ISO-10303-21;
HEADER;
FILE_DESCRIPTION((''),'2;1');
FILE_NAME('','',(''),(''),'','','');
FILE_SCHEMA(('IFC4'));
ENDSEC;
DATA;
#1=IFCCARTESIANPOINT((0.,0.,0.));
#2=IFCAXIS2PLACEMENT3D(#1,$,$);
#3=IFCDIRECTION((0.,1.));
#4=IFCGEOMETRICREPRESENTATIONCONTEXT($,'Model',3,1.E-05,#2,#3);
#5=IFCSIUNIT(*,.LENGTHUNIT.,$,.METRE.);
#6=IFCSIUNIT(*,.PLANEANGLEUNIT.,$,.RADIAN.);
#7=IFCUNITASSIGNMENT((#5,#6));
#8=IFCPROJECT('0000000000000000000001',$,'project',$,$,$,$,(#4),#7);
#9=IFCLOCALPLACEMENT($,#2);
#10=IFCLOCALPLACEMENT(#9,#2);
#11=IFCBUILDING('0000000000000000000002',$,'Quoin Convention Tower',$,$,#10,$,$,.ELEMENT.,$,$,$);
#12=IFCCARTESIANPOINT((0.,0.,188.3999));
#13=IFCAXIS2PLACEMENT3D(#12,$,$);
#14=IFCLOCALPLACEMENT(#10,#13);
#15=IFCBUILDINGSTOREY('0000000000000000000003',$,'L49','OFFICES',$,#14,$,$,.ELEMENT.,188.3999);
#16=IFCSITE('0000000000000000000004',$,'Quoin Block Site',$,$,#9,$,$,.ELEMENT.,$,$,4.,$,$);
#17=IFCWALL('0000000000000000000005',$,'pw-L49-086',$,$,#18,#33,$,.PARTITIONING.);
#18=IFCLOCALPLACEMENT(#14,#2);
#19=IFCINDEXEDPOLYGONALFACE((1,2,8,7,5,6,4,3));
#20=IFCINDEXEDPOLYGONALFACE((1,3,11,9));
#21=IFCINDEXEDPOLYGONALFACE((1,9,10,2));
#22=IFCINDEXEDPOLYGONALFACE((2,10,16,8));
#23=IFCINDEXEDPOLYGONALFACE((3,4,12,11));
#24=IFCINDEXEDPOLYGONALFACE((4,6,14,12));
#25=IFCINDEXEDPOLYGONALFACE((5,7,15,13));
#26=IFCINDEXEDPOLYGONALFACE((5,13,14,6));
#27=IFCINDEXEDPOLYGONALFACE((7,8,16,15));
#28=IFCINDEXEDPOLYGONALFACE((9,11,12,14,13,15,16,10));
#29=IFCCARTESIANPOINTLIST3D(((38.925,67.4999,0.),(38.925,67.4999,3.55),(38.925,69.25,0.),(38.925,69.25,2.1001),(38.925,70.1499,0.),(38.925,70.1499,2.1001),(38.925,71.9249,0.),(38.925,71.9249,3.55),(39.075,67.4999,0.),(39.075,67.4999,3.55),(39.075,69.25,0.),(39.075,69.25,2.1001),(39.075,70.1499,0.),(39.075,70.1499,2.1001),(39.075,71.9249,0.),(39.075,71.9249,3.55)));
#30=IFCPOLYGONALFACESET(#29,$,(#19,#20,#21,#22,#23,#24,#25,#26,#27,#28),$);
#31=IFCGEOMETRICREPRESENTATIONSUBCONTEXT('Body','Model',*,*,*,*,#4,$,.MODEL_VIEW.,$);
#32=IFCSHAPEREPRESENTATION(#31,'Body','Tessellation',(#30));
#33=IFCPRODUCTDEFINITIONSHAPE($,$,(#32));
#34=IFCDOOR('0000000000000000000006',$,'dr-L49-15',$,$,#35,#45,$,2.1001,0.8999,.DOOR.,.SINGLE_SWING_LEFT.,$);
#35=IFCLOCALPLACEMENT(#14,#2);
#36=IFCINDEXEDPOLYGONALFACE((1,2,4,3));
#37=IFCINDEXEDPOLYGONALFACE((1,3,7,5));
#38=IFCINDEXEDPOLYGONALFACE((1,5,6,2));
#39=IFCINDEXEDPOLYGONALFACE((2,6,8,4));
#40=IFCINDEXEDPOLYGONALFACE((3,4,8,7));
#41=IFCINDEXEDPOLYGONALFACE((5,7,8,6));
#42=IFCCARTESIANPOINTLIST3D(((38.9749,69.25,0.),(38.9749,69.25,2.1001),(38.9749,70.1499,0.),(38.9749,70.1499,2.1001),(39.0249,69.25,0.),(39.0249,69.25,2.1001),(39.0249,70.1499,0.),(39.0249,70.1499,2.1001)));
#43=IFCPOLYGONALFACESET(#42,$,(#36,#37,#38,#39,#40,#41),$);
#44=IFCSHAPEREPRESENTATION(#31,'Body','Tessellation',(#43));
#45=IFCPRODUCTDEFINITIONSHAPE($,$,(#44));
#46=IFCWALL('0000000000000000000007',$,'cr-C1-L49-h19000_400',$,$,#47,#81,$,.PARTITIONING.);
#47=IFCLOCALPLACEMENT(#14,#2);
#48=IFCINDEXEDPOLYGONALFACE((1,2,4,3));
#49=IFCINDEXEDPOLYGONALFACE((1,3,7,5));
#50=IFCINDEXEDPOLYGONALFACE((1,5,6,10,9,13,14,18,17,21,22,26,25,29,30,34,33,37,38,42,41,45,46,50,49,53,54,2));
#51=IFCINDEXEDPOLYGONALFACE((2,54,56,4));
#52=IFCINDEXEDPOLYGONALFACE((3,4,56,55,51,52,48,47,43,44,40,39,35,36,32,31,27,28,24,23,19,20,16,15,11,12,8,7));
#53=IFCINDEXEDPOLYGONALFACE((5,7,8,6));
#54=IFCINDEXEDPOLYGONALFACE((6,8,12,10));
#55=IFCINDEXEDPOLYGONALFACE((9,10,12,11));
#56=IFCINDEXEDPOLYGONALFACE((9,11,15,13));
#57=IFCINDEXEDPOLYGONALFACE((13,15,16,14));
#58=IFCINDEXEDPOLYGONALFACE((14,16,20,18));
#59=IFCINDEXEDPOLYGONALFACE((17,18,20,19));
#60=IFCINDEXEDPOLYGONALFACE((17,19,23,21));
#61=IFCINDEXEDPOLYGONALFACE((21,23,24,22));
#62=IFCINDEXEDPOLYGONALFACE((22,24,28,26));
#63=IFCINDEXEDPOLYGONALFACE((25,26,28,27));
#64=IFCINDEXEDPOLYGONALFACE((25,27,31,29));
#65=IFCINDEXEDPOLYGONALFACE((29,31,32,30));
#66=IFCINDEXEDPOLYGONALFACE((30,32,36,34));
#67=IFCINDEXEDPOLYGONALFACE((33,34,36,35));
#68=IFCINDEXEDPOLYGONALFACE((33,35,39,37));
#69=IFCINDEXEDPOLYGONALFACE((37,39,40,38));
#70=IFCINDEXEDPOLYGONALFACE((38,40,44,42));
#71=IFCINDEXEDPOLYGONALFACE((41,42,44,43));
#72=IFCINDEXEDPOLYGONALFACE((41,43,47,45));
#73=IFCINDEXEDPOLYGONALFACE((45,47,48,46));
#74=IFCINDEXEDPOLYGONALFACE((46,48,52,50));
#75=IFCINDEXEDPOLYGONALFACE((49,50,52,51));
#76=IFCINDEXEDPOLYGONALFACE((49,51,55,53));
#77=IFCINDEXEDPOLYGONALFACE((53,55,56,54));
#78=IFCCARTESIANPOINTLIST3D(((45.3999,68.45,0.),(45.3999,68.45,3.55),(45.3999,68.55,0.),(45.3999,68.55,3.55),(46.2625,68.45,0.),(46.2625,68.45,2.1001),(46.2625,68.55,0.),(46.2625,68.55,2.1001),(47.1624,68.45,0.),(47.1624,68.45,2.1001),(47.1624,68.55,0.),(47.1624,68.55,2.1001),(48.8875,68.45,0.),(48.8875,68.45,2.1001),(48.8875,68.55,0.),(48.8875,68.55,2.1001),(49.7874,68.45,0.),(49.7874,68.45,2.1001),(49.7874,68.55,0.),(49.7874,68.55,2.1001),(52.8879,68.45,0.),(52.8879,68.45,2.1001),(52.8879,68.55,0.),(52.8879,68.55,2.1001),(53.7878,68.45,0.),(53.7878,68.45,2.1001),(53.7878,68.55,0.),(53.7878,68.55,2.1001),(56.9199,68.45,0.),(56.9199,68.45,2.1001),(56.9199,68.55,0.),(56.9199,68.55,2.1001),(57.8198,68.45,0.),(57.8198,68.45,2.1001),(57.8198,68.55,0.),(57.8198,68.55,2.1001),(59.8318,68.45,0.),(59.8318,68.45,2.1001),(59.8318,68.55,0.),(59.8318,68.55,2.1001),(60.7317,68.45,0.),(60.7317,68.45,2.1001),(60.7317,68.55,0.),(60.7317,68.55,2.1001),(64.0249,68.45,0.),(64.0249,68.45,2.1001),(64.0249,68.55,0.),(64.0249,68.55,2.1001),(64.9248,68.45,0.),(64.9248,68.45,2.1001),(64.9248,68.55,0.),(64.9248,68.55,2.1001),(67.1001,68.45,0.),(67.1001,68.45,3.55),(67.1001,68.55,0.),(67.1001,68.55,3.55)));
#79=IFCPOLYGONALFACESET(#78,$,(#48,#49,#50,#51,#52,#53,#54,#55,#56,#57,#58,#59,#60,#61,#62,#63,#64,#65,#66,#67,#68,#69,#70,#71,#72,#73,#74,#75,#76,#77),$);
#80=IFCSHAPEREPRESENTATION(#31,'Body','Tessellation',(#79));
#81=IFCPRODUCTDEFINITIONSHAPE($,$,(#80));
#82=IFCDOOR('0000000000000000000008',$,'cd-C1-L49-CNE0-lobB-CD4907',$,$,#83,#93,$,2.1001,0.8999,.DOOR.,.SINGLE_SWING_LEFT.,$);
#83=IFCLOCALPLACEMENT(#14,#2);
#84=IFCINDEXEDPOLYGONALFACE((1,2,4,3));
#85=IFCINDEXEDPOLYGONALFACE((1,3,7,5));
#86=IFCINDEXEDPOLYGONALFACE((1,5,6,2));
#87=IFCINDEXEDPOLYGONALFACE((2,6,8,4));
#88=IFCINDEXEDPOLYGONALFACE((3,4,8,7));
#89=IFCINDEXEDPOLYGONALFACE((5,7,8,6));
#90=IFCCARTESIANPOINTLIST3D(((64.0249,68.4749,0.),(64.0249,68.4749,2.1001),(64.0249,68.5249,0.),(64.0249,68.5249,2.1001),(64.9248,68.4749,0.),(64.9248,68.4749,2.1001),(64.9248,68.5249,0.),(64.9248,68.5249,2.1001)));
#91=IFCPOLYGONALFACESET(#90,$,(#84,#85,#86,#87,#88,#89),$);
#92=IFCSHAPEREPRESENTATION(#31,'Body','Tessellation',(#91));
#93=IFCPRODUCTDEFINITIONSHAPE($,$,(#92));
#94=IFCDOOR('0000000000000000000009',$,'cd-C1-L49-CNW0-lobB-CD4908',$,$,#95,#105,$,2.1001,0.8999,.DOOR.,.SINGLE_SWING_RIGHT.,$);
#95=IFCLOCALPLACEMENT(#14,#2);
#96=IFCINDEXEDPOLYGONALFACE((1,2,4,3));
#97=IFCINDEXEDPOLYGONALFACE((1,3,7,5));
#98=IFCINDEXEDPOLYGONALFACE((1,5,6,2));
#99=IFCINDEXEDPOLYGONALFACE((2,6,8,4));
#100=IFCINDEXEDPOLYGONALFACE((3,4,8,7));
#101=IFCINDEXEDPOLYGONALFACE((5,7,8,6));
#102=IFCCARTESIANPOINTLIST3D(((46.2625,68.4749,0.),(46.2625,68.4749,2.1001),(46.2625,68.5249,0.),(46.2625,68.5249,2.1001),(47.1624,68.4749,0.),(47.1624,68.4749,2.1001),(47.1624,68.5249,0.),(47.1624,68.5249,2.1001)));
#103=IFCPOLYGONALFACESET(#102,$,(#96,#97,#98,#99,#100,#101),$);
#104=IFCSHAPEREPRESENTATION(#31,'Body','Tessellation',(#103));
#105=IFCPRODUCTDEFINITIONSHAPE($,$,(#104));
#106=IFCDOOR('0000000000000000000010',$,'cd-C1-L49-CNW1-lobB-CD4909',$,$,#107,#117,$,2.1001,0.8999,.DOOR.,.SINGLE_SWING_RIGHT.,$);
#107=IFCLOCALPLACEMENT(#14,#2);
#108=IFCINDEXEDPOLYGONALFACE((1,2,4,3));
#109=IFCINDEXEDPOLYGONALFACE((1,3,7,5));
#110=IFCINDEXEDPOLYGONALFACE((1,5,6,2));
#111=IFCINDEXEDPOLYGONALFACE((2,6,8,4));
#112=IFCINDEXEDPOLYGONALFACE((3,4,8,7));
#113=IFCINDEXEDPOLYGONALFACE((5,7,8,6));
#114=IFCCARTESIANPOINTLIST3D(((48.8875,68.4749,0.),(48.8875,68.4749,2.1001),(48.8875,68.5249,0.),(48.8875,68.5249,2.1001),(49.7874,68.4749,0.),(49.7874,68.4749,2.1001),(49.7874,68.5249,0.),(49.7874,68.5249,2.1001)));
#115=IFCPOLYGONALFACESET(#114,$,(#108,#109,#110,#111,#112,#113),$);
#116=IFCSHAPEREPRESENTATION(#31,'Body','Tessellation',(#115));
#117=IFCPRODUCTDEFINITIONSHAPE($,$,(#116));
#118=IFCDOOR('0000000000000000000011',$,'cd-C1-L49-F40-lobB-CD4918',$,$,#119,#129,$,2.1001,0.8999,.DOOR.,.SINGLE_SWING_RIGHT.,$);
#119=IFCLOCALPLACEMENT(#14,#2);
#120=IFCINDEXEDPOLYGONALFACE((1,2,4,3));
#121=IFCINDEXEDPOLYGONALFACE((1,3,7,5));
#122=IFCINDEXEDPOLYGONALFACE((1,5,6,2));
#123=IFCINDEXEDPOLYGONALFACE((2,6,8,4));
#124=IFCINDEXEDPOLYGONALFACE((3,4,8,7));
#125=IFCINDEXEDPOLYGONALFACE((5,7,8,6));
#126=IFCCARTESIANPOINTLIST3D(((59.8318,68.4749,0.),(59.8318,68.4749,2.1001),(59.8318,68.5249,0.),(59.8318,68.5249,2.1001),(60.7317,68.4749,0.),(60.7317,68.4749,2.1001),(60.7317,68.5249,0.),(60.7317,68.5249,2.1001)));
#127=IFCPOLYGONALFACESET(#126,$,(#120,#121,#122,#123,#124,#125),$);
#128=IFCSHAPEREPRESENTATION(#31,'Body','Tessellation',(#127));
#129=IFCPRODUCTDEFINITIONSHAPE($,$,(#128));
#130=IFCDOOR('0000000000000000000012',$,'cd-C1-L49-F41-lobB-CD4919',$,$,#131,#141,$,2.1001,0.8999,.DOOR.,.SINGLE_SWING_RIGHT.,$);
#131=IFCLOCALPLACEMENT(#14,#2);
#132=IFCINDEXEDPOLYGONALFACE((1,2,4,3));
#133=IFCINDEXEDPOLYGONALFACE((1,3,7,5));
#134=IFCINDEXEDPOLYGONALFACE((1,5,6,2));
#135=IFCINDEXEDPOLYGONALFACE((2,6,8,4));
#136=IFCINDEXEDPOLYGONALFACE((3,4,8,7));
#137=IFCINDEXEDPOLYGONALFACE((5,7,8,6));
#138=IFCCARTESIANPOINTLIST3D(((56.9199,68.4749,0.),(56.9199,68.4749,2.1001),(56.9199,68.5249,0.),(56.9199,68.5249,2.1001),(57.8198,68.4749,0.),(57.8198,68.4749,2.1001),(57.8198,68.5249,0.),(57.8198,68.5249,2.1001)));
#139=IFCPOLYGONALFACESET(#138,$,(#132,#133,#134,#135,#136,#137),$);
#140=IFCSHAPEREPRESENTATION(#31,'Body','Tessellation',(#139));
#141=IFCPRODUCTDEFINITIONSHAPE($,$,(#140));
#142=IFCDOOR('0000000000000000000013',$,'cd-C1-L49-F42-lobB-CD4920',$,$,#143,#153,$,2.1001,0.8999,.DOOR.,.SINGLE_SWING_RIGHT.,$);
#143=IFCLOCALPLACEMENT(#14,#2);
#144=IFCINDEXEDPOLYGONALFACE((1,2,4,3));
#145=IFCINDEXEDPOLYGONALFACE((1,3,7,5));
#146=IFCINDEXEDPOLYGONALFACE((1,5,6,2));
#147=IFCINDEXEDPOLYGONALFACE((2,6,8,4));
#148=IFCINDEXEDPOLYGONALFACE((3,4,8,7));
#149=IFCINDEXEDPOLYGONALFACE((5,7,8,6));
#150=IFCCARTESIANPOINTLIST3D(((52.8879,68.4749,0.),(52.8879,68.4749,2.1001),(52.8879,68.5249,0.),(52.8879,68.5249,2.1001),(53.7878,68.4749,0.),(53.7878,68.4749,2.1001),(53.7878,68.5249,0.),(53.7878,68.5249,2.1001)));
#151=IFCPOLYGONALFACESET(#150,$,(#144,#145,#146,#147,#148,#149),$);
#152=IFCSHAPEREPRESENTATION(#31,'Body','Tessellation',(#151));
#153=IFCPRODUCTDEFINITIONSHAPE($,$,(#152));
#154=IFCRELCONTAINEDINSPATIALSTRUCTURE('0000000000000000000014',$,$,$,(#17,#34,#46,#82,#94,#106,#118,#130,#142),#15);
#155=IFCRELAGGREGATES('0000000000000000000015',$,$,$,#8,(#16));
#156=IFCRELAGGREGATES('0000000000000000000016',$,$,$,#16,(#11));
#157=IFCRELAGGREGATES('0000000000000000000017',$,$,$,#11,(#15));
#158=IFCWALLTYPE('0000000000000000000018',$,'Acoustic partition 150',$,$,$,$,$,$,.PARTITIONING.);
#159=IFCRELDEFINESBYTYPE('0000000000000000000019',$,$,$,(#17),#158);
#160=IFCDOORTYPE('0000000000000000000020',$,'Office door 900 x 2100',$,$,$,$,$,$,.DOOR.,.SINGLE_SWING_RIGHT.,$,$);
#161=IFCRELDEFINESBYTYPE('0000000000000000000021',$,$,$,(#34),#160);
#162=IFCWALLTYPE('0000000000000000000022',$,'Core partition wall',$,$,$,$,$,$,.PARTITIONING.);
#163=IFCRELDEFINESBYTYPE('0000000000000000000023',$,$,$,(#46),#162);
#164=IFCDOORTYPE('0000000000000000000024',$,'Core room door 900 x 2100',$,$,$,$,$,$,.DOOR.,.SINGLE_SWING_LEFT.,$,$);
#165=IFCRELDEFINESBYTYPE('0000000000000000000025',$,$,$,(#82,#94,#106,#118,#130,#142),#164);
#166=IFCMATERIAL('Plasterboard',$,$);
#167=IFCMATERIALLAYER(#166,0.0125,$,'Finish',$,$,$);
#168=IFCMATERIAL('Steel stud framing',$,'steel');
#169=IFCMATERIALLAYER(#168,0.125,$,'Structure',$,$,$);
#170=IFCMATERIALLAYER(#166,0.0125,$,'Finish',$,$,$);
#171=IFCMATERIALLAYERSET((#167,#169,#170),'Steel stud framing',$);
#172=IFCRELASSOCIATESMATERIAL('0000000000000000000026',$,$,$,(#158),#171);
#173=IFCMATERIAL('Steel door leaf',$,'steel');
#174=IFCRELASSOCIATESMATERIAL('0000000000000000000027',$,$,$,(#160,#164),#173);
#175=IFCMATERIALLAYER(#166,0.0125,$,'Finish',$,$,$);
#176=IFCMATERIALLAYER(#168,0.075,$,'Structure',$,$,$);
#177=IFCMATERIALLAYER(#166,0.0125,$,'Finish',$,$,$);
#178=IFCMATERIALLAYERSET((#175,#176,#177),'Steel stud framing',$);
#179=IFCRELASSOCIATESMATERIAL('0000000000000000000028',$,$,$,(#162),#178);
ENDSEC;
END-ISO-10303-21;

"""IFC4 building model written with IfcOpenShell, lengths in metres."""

from ifc_helpers import new_model, si_unit, direction, frame, frame_2d, origin, place, context, subcontext, project, spatial, rectangle, extrude, material, layer, layer_set, type_object, element, fill, save


model = new_model("IFC4")

# Units and contexts
model_context = context("Model", 3, precision=1e-05, world=origin(), true_north=direction((0.0, 1.0)))
body_context = subcontext(model_context, "Body", "Model", "MODEL_VIEW")
ifc_project = project(units=[si_unit("LENGTHUNIT", "METRE"), si_unit("PLANEANGLEUNIT", "RADIAN")], contexts=[model_context])

# Site, building, storey
site_placement = place(None, origin())
site = spatial("IfcSite", under=ifc_project, at=site_placement, Name="Quoin Block Site", CompositionType="ELEMENT", RefElevation=4.0)
building_placement = place(site_placement, origin())
building = spatial("IfcBuilding", under=site, at=building_placement, Name="Quoin Convention Tower", CompositionType="ELEMENT")
storey_placement = place(building_placement, frame((0.0, 0.0, 188.3999)))
storey = spatial("IfcBuildingStorey", under=building, at=storey_placement, Name="L49", Description="OFFICES", CompositionType="ELEMENT", Elevation=188.3999)

# Wall, opening, door
ifc_material_1 = material(Name="Plasterboard")
ifc_layer_1 = layer(ifc_material_1, 0.0125, Name="Finish")
ifc_material_2 = material(Name="Steel stud framing", Category="steel")
ifc_layer_2 = layer(ifc_material_2, 0.125, Name="Structure")
ifc_layer_3 = layer(ifc_material_1, 0.0125, Name="Finish")
ifc_layer_set_1 = layer_set([ifc_layer_1, ifc_layer_2, ifc_layer_3], Name="Steel stud framing")
wall_type_1 = type_object("IfcWallType", Name="Acoustic partition 150", PredefinedType="PARTITIONING", material=ifc_layer_set_1)
wall_1_placement = place(storey_placement, frame((39.0, 67.5, 0.0), z_axis=(0.0, 0.0, 1.0), x_axis=(0.0, 1.0, 0.0)))
wall_1 = element("IfcWall", 1, at=wall_1_placement, inside=storey, type_object=wall_type_1, Name="pw-L49-086", PredefinedType="PARTITIONING", context=body_context, shape_type="SweptSolid", body=[
    extrude(rectangle(XDim=4.425, YDim=0.1499, at=frame_2d((2.2124, 0.0))), origin(), (0.0, 0.0, 1.0), 3.55),
])
opening_1_placement = place(wall_1_placement, frame((1.75, 0.0, 0.0)))
opening_1 = element("IfcOpeningElement", 2, at=opening_1_placement, cuts=wall_1, PredefinedType="OPENING", context=body_context, shape_type="SweptSolid", body=[
    extrude(rectangle(XDim=0.8999, YDim=2.1001, at=frame_2d((0.45, 1.05))), frame((0.0, 0.085, 0.0), z_axis=(0.0, -1.0, 0.0), x_axis=(1.0, 0.0, 0.0)), (0.0, 0.0, 1.0), 0.1699),
])
ifc_material_3 = material(Name="Steel door leaf", Category="steel")
door_type_1 = type_object("IfcDoorType", Name="Office door 900 x 2100", OperationType="SINGLE_SWING_RIGHT", PredefinedType="DOOR", material=ifc_material_3)
door_1_placement = place(opening_1_placement, frame((0.8999, 0.0, 0.0), z_axis=(0.0, 0.0, 1.0), x_axis=(-1.0, 0.0, 0.0)))
door_1 = element("IfcDoor", 3, at=door_1_placement, inside=storey, type_object=door_type_1, Name="dr-L49-15", OperationType="SINGLE_SWING_LEFT", OverallHeight=2.1001, OverallWidth=0.8999, PredefinedType="DOOR", context=body_context, shape_type="SweptSolid", body=[
    extrude(rectangle(XDim=0.8999, YDim=2.1001, at=frame_2d((0.45, 1.05))), frame((0.0, 0.0249, 0.0), z_axis=(0.0, -1.0, 0.0), x_axis=(1.0, 0.0, 0.0)), (0.0, 0.0, 1.0), 0.05),
])
fill(opening_1, door_1)

# Wall, openings, doors
ifc_layer_4 = layer(ifc_material_1, 0.0125, Name="Finish")
ifc_layer_5 = layer(ifc_material_2, 0.075, Name="Structure")
ifc_layer_6 = layer(ifc_material_1, 0.0125, Name="Finish")
ifc_layer_set_2 = layer_set([ifc_layer_4, ifc_layer_5, ifc_layer_6], Name="Steel stud framing")
wall_type_2 = type_object("IfcWallType", Name="Core partition wall", PredefinedType="PARTITIONING", material=ifc_layer_set_2)
wall_2_placement = place(storey_placement, frame((45.3999, 68.5, 0.0), z_axis=(0.0, 0.0, 1.0), x_axis=(1.0, 0.0, 0.0)))
wall_2 = element("IfcWall", 4, at=wall_2_placement, inside=storey, type_object=wall_type_2, Name="cr-C1-L49-h19000_400", PredefinedType="PARTITIONING", context=body_context, shape_type="SweptSolid", body=[
    extrude(rectangle(XDim=21.7002, YDim=0.1001, at=frame_2d((10.8501, 0.0))), origin(), (0.0, 0.0, 1.0), 3.55),
])
opening_2_placement = place(wall_2_placement, frame((18.625, 0.0, 0.0)))
opening_2 = element("IfcOpeningElement", 5, at=opening_2_placement, cuts=wall_2, PredefinedType="OPENING", context=body_context, shape_type="SweptSolid", body=[
    extrude(rectangle(XDim=0.8999, YDim=2.1001, at=frame_2d((0.45, 1.05))), frame((0.0, 0.0601, 0.0), z_axis=(0.0, -1.0, 0.0), x_axis=(1.0, 0.0, 0.0)), (0.0, 0.0, 1.0), 0.1201),
])
opening_3_placement = place(wall_2_placement, frame((0.8625, 0.0, 0.0)))
opening_3 = element("IfcOpeningElement", 6, at=opening_3_placement, cuts=wall_2, PredefinedType="OPENING", context=body_context, shape_type="SweptSolid", body=[
    extrude(rectangle(XDim=0.8999, YDim=2.1001, at=frame_2d((0.45, 1.05))), frame((0.0, 0.0601, 0.0), z_axis=(0.0, -1.0, 0.0), x_axis=(1.0, 0.0, 0.0)), (0.0, 0.0, 1.0), 0.1201),
])
opening_4_placement = place(wall_2_placement, frame((3.4875, 0.0, 0.0)))
opening_4 = element("IfcOpeningElement", 7, at=opening_4_placement, cuts=wall_2, PredefinedType="OPENING", context=body_context, shape_type="SweptSolid", body=[
    extrude(rectangle(XDim=0.8999, YDim=2.1001, at=frame_2d((0.45, 1.05))), frame((0.0, 0.0601, 0.0), z_axis=(0.0, -1.0, 0.0), x_axis=(1.0, 0.0, 0.0)), (0.0, 0.0, 1.0), 0.1201),
])
opening_5_placement = place(wall_2_placement, frame((14.4319, 0.0, 0.0)))
opening_5 = element("IfcOpeningElement", 8, at=opening_5_placement, cuts=wall_2, PredefinedType="OPENING", context=body_context, shape_type="SweptSolid", body=[
    extrude(rectangle(XDim=0.8999, YDim=2.1001, at=frame_2d((0.45, 1.05))), frame((0.0, 0.0601, 0.0), z_axis=(0.0, -1.0, 0.0), x_axis=(1.0, 0.0, 0.0)), (0.0, 0.0, 1.0), 0.1201),
])
opening_6_placement = place(wall_2_placement, frame((11.52, 0.0, 0.0)))
opening_6 = element("IfcOpeningElement", 9, at=opening_6_placement, cuts=wall_2, PredefinedType="OPENING", context=body_context, shape_type="SweptSolid", body=[
    extrude(rectangle(XDim=0.8999, YDim=2.1001, at=frame_2d((0.45, 1.05))), frame((0.0, 0.0601, 0.0), z_axis=(0.0, -1.0, 0.0), x_axis=(1.0, 0.0, 0.0)), (0.0, 0.0, 1.0), 0.1201),
])
opening_7_placement = place(wall_2_placement, frame((7.488, 0.0, 0.0)))
opening_7 = element("IfcOpeningElement", 10, at=opening_7_placement, cuts=wall_2, PredefinedType="OPENING", context=body_context, shape_type="SweptSolid", body=[
    extrude(rectangle(XDim=0.8999, YDim=2.1001, at=frame_2d((0.45, 1.05))), frame((0.0, 0.0601, 0.0), z_axis=(0.0, -1.0, 0.0), x_axis=(1.0, 0.0, 0.0)), (0.0, 0.0, 1.0), 0.1201),
])
door_type_2 = type_object("IfcDoorType", Name="Core room door 900 x 2100", OperationType="SINGLE_SWING_LEFT", PredefinedType="DOOR", material=ifc_material_3)
door_2_placement = place(opening_2_placement, origin())
door_2 = element("IfcDoor", 11, at=door_2_placement, inside=storey, type_object=door_type_2, Name="cd-C1-L49-CNE0-lobB-CD4907", OperationType="SINGLE_SWING_LEFT", OverallHeight=2.1001, OverallWidth=0.8999, PredefinedType="DOOR", context=body_context, shape_type="SweptSolid", body=[
    extrude(rectangle(XDim=0.8999, YDim=2.1001, at=frame_2d((0.45, 1.05))), frame((0.0, 0.0249, 0.0), z_axis=(0.0, -1.0, 0.0), x_axis=(1.0, 0.0, 0.0)), (0.0, 0.0, 1.0), 0.05),
])
fill(opening_2, door_2)
door_3_placement = place(opening_3_placement, origin())
door_3 = element("IfcDoor", 12, at=door_3_placement, inside=storey, type_object=door_type_2, Name="cd-C1-L49-CNW0-lobB-CD4908", OperationType="SINGLE_SWING_RIGHT", OverallHeight=2.1001, OverallWidth=0.8999, PredefinedType="DOOR", context=body_context, shape_type="SweptSolid", body=[
    extrude(rectangle(XDim=0.8999, YDim=2.1001, at=frame_2d((0.45, 1.05))), frame((0.0, 0.0249, 0.0), z_axis=(0.0, -1.0, 0.0), x_axis=(1.0, 0.0, 0.0)), (0.0, 0.0, 1.0), 0.05),
])
fill(opening_3, door_3)
door_4_placement = place(opening_4_placement, origin())
door_4 = element("IfcDoor", 13, at=door_4_placement, inside=storey, type_object=door_type_2, Name="cd-C1-L49-CNW1-lobB-CD4909", OperationType="SINGLE_SWING_RIGHT", OverallHeight=2.1001, OverallWidth=0.8999, PredefinedType="DOOR", context=body_context, shape_type="SweptSolid", body=[
    extrude(rectangle(XDim=0.8999, YDim=2.1001, at=frame_2d((0.45, 1.05))), frame((0.0, 0.0249, 0.0), z_axis=(0.0, -1.0, 0.0), x_axis=(1.0, 0.0, 0.0)), (0.0, 0.0, 1.0), 0.05),
])
fill(opening_4, door_4)
door_5_placement = place(opening_5_placement, origin())
door_5 = element("IfcDoor", 14, at=door_5_placement, inside=storey, type_object=door_type_2, Name="cd-C1-L49-F40-lobB-CD4918", OperationType="SINGLE_SWING_RIGHT", OverallHeight=2.1001, OverallWidth=0.8999, PredefinedType="DOOR", context=body_context, shape_type="SweptSolid", body=[
    extrude(rectangle(XDim=0.8999, YDim=2.1001, at=frame_2d((0.45, 1.05))), frame((0.0, 0.0249, 0.0), z_axis=(0.0, -1.0, 0.0), x_axis=(1.0, 0.0, 0.0)), (0.0, 0.0, 1.0), 0.05),
])
fill(opening_5, door_5)
door_6_placement = place(opening_6_placement, origin())
door_6 = element("IfcDoor", 15, at=door_6_placement, inside=storey, type_object=door_type_2, Name="cd-C1-L49-F41-lobB-CD4919", OperationType="SINGLE_SWING_RIGHT", OverallHeight=2.1001, OverallWidth=0.8999, PredefinedType="DOOR", context=body_context, shape_type="SweptSolid", body=[
    extrude(rectangle(XDim=0.8999, YDim=2.1001, at=frame_2d((0.45, 1.05))), frame((0.0, 0.0249, 0.0), z_axis=(0.0, -1.0, 0.0), x_axis=(1.0, 0.0, 0.0)), (0.0, 0.0, 1.0), 0.05),
])
fill(opening_6, door_6)
door_7_placement = place(opening_7_placement, origin())
door_7 = element("IfcDoor", 16, at=door_7_placement, inside=storey, type_object=door_type_2, Name="cd-C1-L49-F42-lobB-CD4920", OperationType="SINGLE_SWING_RIGHT", OverallHeight=2.1001, OverallWidth=0.8999, PredefinedType="DOOR", context=body_context, shape_type="SweptSolid", body=[
    extrude(rectangle(XDim=0.8999, YDim=2.1001, at=frame_2d((0.45, 1.05))), frame((0.0, 0.0249, 0.0), z_axis=(0.0, -1.0, 0.0), x_axis=(1.0, 0.0, 0.0)), (0.0, 0.0, 1.0), 0.05),
])
fill(opening_7, door_7)

save(model, "model.ifc")
